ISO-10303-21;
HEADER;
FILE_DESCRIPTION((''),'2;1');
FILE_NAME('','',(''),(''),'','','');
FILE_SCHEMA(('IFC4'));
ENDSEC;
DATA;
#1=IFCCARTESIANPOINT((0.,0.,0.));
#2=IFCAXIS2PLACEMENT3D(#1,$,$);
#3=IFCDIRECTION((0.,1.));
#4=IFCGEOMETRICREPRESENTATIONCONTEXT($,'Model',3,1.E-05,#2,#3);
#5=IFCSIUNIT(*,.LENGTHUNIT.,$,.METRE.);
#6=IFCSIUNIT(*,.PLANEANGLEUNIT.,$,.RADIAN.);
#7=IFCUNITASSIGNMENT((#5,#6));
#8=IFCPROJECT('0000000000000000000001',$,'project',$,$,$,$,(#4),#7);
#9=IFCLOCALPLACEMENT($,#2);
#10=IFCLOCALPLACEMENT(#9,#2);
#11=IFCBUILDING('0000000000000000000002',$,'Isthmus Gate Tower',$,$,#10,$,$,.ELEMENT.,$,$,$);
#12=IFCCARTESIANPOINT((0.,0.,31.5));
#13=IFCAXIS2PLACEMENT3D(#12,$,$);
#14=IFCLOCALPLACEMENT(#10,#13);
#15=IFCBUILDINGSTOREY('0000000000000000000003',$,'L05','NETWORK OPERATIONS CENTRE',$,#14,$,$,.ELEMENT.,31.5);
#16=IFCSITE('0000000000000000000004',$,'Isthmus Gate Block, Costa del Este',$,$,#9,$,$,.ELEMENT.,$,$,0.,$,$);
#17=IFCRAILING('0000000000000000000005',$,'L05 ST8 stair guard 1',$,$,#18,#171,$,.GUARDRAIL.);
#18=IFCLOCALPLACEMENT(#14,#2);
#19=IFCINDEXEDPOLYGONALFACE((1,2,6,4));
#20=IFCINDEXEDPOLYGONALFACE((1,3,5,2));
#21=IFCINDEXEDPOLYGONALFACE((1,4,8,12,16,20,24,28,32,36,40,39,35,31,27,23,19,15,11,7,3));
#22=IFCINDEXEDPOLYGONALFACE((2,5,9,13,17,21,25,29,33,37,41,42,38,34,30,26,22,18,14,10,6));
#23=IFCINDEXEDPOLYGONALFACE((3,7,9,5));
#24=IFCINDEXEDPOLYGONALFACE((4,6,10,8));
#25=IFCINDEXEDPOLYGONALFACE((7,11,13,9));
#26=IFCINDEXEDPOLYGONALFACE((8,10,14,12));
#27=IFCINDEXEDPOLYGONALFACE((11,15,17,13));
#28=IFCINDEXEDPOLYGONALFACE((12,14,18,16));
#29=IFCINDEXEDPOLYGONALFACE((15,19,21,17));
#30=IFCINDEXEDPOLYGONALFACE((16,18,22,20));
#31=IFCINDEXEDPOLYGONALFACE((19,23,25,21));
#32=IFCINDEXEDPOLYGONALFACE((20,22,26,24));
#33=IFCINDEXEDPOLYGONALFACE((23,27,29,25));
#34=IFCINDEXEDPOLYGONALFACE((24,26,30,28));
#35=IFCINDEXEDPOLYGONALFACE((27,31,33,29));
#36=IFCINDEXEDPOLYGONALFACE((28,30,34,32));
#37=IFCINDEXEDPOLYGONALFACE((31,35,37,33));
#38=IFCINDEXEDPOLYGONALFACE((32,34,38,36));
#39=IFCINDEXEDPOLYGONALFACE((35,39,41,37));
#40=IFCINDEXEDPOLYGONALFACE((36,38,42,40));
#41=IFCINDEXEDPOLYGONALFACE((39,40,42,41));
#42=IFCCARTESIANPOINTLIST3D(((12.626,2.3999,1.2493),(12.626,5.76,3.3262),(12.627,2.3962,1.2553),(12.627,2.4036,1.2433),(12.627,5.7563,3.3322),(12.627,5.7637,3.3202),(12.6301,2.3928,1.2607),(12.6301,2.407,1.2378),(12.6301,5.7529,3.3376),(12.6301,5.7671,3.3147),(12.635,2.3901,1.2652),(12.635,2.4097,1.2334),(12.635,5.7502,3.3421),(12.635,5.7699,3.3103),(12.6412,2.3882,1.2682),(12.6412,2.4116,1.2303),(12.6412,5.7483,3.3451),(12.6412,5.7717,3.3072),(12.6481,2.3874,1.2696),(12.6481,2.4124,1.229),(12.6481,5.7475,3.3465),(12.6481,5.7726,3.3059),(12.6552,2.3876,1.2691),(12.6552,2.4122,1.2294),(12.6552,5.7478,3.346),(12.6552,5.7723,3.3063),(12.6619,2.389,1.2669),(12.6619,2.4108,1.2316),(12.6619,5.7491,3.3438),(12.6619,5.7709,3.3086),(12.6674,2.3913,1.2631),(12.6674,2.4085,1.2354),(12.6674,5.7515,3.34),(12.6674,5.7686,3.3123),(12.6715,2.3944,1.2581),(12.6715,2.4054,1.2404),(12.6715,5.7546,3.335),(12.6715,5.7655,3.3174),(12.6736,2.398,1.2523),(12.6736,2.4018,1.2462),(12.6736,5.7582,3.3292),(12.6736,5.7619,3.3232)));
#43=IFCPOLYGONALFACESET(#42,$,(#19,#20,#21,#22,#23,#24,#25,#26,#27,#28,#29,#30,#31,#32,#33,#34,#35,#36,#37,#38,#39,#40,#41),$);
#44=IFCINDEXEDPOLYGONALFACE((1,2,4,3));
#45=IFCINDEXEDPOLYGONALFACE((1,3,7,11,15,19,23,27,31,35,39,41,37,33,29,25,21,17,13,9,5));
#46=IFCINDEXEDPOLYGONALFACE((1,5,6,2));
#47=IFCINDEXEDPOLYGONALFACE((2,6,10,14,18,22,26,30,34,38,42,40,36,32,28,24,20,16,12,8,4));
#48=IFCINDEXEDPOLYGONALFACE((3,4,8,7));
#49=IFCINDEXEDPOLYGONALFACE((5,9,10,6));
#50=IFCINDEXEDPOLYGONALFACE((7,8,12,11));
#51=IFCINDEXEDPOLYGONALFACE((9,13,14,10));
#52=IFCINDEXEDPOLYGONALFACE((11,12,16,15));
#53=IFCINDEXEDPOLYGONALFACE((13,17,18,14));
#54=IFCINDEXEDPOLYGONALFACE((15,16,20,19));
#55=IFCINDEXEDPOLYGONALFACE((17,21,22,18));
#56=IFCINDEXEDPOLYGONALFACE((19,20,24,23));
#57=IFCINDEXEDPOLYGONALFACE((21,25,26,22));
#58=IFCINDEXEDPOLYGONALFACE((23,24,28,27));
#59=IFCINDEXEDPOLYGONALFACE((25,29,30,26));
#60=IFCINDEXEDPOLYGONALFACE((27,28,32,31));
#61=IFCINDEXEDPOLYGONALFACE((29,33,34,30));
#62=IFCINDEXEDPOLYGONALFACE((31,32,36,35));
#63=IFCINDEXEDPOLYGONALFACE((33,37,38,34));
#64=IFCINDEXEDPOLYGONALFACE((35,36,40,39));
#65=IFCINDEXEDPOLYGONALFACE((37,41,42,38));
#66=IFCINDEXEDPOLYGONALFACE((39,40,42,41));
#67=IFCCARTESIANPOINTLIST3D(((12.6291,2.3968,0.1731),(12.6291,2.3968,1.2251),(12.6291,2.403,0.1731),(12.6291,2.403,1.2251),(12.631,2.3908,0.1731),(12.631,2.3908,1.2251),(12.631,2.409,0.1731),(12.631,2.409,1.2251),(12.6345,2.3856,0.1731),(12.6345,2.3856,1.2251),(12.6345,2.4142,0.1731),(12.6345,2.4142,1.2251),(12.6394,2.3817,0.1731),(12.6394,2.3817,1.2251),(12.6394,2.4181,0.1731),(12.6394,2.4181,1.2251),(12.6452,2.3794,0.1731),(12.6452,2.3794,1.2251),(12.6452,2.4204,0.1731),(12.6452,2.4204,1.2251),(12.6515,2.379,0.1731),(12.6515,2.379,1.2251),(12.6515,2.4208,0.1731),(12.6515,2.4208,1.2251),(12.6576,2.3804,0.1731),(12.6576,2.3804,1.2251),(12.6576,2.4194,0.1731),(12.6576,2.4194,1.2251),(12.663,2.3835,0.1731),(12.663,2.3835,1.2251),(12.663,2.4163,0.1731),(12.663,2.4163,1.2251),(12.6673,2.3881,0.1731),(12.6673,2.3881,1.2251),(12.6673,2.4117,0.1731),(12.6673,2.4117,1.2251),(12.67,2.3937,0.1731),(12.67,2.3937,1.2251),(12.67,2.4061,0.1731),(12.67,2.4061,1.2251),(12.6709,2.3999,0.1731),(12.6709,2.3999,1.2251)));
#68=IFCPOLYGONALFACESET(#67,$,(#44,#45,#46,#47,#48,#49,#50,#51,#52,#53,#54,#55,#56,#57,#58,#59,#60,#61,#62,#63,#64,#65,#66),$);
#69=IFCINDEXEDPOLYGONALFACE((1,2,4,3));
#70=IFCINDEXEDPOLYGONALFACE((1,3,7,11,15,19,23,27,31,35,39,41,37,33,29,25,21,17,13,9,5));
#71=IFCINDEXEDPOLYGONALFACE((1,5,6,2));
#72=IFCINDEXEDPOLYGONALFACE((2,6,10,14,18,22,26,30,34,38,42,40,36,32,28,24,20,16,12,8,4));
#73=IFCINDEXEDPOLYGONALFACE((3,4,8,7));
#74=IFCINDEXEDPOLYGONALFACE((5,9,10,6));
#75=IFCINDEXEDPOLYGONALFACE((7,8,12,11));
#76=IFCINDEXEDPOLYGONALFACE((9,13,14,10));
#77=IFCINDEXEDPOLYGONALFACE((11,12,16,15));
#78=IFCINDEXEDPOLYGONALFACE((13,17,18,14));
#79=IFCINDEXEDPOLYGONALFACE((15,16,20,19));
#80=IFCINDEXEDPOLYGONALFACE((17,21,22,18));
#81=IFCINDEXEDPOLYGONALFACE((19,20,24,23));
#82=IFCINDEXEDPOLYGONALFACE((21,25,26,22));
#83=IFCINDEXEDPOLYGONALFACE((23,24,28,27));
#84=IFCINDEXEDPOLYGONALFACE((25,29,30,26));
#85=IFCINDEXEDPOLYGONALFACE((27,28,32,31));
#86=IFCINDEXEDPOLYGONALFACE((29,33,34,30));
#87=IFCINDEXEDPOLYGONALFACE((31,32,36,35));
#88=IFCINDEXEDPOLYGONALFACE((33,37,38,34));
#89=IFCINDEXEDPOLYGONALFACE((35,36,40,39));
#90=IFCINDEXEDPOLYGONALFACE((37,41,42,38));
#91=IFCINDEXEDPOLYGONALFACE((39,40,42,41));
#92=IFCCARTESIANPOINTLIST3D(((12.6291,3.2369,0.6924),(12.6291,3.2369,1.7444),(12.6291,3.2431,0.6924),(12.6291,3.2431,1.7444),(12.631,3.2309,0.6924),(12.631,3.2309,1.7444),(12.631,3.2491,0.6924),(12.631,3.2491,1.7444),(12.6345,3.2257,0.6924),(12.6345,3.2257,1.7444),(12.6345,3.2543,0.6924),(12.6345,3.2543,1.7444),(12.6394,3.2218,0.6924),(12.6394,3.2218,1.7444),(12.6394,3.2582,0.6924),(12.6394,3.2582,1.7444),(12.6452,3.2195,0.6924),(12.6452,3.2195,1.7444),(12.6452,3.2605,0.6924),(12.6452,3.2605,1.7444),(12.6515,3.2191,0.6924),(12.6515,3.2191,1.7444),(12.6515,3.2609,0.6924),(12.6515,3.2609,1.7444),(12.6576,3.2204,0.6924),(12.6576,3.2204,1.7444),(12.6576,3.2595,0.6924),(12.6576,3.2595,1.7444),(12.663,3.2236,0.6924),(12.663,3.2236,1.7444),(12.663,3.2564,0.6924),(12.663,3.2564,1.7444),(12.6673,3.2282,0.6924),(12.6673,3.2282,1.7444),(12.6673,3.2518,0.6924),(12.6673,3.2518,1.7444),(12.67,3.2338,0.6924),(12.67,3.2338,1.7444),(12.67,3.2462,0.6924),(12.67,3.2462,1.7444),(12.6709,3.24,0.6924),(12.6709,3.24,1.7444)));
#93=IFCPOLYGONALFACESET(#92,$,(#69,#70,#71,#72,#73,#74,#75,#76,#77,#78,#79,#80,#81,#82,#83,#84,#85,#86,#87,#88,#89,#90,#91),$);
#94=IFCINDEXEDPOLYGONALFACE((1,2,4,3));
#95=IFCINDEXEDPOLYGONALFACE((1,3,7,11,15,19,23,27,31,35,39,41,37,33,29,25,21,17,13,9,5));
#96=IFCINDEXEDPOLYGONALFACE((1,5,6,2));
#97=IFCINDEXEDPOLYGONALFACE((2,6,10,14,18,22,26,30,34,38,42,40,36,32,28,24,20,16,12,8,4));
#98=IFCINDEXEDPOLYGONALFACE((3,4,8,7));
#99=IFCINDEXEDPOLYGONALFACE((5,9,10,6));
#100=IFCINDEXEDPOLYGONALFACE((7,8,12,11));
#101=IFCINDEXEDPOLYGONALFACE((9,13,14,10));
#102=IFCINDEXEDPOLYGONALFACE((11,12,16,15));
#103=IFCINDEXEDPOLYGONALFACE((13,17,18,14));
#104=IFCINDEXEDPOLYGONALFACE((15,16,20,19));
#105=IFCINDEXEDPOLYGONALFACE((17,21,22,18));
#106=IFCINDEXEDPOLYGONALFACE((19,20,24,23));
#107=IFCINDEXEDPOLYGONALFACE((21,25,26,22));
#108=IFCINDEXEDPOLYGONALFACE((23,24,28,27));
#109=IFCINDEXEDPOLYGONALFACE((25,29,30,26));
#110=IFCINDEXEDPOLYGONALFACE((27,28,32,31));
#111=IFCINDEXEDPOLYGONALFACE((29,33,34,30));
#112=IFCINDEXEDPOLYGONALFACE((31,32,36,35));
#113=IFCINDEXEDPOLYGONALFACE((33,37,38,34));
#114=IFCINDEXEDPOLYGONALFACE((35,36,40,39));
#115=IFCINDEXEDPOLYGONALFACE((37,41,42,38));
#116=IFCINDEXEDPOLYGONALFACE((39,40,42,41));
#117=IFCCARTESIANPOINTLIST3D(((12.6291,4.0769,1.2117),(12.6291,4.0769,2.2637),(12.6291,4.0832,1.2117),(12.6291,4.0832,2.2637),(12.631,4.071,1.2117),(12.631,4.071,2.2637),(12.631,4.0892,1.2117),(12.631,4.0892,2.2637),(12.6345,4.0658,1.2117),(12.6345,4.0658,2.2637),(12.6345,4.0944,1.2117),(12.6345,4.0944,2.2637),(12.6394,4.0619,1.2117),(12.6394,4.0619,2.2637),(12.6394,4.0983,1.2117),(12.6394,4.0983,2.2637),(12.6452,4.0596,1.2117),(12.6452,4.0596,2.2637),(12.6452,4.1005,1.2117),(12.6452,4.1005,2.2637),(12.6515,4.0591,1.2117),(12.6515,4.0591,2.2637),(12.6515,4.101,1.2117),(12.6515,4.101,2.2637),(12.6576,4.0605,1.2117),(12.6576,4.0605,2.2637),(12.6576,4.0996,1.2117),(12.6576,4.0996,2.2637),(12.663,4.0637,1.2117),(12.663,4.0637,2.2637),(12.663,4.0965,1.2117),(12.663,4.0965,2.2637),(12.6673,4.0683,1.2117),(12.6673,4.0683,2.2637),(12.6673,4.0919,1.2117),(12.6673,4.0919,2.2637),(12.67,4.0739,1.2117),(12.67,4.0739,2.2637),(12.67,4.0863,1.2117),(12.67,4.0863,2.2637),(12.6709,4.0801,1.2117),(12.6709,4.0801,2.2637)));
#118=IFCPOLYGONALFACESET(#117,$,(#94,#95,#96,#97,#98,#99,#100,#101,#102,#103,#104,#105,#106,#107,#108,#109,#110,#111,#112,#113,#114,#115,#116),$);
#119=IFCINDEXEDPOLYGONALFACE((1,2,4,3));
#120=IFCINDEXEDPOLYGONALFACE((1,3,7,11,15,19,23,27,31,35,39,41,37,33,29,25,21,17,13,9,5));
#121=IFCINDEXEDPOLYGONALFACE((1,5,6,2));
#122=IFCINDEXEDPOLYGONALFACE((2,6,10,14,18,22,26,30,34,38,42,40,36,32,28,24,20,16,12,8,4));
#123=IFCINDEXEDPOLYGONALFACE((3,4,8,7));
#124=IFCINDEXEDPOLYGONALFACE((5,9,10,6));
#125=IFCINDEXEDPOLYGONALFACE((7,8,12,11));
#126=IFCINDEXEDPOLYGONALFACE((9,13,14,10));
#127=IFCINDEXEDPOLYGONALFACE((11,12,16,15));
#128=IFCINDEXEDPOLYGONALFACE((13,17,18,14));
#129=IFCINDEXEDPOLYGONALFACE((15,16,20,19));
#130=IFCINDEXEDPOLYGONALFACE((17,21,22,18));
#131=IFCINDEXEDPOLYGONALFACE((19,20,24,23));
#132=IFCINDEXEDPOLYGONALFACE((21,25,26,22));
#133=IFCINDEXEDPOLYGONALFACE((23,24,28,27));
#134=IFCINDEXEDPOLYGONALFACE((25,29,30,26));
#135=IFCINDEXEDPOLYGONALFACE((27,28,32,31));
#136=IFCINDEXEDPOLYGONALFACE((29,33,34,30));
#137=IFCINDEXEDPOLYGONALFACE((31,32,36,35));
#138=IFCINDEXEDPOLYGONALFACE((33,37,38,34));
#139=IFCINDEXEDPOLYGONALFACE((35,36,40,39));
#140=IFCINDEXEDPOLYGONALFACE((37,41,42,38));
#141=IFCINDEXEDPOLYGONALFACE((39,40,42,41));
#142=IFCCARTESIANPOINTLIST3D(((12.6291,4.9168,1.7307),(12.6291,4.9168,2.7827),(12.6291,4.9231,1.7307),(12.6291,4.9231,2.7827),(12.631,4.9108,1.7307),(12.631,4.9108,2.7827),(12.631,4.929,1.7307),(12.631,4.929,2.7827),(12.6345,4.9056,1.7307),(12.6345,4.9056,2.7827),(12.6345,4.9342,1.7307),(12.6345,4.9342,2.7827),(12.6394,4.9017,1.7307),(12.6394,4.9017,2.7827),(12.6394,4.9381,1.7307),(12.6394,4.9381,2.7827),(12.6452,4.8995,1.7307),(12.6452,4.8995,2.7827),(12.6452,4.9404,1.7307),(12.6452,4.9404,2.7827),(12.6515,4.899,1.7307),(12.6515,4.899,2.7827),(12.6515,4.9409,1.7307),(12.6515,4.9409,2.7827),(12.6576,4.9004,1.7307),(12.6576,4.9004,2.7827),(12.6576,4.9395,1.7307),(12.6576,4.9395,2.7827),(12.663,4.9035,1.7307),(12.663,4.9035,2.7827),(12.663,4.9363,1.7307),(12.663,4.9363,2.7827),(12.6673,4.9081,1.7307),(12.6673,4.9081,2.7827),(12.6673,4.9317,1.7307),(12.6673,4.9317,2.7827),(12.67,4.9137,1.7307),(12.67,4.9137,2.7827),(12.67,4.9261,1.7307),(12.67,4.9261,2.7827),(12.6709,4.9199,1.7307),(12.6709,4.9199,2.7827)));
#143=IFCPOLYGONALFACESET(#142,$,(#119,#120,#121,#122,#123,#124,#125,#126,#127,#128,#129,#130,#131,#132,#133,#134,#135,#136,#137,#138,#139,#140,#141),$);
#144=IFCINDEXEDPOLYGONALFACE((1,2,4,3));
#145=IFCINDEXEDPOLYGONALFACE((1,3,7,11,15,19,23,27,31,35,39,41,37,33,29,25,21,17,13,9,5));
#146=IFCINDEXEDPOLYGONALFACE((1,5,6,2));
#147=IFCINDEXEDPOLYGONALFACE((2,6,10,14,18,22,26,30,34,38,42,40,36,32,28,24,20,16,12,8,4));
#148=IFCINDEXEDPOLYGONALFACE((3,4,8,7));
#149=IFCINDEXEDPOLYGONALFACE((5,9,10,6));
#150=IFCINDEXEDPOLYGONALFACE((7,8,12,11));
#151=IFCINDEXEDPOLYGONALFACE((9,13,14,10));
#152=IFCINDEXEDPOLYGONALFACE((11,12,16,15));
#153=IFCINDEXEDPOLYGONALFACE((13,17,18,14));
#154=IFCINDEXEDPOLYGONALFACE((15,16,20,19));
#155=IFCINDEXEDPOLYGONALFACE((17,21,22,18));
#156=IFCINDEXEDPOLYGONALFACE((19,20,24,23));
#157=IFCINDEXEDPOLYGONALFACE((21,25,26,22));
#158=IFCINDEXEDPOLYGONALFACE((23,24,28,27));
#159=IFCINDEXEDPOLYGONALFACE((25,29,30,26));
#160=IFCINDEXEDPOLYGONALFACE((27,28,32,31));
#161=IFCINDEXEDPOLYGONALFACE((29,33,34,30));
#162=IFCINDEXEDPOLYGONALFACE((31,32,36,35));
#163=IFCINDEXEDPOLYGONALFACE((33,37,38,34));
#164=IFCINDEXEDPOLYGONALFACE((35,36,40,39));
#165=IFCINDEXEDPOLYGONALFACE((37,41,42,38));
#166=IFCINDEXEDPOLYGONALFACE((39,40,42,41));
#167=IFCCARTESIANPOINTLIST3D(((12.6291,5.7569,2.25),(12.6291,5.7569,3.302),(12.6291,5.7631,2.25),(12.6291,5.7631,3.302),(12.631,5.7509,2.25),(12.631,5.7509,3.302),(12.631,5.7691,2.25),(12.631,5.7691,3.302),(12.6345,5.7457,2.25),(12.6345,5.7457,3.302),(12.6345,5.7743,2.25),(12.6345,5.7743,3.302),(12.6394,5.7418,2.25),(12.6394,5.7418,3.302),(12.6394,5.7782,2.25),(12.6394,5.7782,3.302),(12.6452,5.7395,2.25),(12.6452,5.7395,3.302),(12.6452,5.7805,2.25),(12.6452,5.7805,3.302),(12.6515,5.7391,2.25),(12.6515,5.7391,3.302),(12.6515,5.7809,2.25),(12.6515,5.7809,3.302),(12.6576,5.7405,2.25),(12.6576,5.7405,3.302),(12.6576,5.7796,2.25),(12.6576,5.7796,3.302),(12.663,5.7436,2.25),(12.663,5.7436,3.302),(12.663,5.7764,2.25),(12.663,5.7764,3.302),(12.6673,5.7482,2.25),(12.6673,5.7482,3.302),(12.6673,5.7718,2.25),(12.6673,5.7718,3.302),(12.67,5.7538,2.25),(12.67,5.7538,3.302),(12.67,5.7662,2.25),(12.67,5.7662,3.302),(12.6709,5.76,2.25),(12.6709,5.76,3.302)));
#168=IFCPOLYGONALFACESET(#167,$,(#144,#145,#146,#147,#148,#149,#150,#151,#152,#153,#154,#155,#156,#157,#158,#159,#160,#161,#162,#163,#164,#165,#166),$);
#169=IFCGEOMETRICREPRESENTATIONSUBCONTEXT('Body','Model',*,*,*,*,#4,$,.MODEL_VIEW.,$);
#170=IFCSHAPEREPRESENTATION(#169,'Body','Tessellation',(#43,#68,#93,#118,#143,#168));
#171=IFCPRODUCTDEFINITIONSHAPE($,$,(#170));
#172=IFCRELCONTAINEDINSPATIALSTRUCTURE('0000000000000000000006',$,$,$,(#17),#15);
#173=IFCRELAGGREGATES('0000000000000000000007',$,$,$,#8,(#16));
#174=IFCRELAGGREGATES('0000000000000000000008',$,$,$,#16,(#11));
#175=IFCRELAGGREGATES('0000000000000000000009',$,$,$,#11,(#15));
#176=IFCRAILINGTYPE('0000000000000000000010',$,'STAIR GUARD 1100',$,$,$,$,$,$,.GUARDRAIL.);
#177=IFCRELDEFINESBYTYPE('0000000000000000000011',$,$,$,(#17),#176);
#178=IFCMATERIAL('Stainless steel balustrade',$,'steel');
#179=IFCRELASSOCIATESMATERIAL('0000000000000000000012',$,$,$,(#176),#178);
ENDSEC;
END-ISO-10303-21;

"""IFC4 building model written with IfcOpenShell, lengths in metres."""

from ifc_helpers import new_model, si_unit, direction, frame, origin, origin_2d, place, context, subcontext, project, spatial, circle, extrude, material, type_object, element, save


model = new_model("IFC4")

# Units and contexts
model_context = context("Model", 3, precision=1e-05, world=origin(), true_north=direction((0.0, 1.0)))
body_context = subcontext(model_context, "Body", "Model", "MODEL_VIEW")
ifc_project = project(units=[si_unit("LENGTHUNIT", "METRE"), si_unit("PLANEANGLEUNIT", "RADIAN")], contexts=[model_context])

# Site, building, storey
site_placement = place(None, origin())
site = spatial("IfcSite", under=ifc_project, at=site_placement, Name="Isthmus Gate Block, Costa del Este", CompositionType="ELEMENT", RefElevation=0.0)
building_placement = place(site_placement, origin())
building = spatial("IfcBuilding", under=site, at=building_placement, Name="Isthmus Gate Tower", CompositionType="ELEMENT")
storey_placement = place(building_placement, frame((0.0, 0.0, 31.5)))
storey = spatial("IfcBuildingStorey", under=building, at=storey_placement, Name="L05", Description="NETWORK OPERATIONS CENTRE", CompositionType="ELEMENT", Elevation=31.5)

# Railing
ifc_material_1 = material(Name="Stainless steel balustrade", Category="steel")
railing_type_1 = type_object("IfcRailingType", Name="STAIR GUARD 1100", PredefinedType="GUARDRAIL", material=ifc_material_1)
railing_1_placement = place(storey_placement, frame((12.6499, 2.3999, 0.1731)))
element("IfcRailing", 1, at=railing_1_placement, inside=storey, type_object=railing_type_1, Name="L05 ST8 stair guard 1", PredefinedType="GUARDRAIL", context=body_context, shape_type="SweptSolid", body=[
    extrude(circle(Radius=0.0239, at=origin_2d()), frame((0.0, 0.0, 1.0762), z_axis=(0.0, 0.850623, 0.525776), x_axis=(-1.0, 0.0, 0.0)), (0.0, 0.0, 1.0), 3.9502),
    extrude(circle(Radius=0.021, at=origin_2d()), origin(), (0.0, 0.0, 1.0), 1.052),
    extrude(circle(Radius=0.021, at=origin_2d()), frame((0.0, 0.8401, 0.5193)), (0.0, 0.0, 1.0), 1.052),
    extrude(circle(Radius=0.021, at=origin_2d()), frame((0.0, 1.6802, 1.0386)), (0.0, 0.0, 1.0), 1.052),
    extrude(circle(Radius=0.021, at=origin_2d()), frame((0.0, 2.52, 1.5576)), (0.0, 0.0, 1.0), 1.052),
    extrude(circle(Radius=0.021, at=origin_2d()), frame((0.0, 3.3601, 2.0769)), (0.0, 0.0, 1.0), 1.052),
])

save(model, "model.ifc")
